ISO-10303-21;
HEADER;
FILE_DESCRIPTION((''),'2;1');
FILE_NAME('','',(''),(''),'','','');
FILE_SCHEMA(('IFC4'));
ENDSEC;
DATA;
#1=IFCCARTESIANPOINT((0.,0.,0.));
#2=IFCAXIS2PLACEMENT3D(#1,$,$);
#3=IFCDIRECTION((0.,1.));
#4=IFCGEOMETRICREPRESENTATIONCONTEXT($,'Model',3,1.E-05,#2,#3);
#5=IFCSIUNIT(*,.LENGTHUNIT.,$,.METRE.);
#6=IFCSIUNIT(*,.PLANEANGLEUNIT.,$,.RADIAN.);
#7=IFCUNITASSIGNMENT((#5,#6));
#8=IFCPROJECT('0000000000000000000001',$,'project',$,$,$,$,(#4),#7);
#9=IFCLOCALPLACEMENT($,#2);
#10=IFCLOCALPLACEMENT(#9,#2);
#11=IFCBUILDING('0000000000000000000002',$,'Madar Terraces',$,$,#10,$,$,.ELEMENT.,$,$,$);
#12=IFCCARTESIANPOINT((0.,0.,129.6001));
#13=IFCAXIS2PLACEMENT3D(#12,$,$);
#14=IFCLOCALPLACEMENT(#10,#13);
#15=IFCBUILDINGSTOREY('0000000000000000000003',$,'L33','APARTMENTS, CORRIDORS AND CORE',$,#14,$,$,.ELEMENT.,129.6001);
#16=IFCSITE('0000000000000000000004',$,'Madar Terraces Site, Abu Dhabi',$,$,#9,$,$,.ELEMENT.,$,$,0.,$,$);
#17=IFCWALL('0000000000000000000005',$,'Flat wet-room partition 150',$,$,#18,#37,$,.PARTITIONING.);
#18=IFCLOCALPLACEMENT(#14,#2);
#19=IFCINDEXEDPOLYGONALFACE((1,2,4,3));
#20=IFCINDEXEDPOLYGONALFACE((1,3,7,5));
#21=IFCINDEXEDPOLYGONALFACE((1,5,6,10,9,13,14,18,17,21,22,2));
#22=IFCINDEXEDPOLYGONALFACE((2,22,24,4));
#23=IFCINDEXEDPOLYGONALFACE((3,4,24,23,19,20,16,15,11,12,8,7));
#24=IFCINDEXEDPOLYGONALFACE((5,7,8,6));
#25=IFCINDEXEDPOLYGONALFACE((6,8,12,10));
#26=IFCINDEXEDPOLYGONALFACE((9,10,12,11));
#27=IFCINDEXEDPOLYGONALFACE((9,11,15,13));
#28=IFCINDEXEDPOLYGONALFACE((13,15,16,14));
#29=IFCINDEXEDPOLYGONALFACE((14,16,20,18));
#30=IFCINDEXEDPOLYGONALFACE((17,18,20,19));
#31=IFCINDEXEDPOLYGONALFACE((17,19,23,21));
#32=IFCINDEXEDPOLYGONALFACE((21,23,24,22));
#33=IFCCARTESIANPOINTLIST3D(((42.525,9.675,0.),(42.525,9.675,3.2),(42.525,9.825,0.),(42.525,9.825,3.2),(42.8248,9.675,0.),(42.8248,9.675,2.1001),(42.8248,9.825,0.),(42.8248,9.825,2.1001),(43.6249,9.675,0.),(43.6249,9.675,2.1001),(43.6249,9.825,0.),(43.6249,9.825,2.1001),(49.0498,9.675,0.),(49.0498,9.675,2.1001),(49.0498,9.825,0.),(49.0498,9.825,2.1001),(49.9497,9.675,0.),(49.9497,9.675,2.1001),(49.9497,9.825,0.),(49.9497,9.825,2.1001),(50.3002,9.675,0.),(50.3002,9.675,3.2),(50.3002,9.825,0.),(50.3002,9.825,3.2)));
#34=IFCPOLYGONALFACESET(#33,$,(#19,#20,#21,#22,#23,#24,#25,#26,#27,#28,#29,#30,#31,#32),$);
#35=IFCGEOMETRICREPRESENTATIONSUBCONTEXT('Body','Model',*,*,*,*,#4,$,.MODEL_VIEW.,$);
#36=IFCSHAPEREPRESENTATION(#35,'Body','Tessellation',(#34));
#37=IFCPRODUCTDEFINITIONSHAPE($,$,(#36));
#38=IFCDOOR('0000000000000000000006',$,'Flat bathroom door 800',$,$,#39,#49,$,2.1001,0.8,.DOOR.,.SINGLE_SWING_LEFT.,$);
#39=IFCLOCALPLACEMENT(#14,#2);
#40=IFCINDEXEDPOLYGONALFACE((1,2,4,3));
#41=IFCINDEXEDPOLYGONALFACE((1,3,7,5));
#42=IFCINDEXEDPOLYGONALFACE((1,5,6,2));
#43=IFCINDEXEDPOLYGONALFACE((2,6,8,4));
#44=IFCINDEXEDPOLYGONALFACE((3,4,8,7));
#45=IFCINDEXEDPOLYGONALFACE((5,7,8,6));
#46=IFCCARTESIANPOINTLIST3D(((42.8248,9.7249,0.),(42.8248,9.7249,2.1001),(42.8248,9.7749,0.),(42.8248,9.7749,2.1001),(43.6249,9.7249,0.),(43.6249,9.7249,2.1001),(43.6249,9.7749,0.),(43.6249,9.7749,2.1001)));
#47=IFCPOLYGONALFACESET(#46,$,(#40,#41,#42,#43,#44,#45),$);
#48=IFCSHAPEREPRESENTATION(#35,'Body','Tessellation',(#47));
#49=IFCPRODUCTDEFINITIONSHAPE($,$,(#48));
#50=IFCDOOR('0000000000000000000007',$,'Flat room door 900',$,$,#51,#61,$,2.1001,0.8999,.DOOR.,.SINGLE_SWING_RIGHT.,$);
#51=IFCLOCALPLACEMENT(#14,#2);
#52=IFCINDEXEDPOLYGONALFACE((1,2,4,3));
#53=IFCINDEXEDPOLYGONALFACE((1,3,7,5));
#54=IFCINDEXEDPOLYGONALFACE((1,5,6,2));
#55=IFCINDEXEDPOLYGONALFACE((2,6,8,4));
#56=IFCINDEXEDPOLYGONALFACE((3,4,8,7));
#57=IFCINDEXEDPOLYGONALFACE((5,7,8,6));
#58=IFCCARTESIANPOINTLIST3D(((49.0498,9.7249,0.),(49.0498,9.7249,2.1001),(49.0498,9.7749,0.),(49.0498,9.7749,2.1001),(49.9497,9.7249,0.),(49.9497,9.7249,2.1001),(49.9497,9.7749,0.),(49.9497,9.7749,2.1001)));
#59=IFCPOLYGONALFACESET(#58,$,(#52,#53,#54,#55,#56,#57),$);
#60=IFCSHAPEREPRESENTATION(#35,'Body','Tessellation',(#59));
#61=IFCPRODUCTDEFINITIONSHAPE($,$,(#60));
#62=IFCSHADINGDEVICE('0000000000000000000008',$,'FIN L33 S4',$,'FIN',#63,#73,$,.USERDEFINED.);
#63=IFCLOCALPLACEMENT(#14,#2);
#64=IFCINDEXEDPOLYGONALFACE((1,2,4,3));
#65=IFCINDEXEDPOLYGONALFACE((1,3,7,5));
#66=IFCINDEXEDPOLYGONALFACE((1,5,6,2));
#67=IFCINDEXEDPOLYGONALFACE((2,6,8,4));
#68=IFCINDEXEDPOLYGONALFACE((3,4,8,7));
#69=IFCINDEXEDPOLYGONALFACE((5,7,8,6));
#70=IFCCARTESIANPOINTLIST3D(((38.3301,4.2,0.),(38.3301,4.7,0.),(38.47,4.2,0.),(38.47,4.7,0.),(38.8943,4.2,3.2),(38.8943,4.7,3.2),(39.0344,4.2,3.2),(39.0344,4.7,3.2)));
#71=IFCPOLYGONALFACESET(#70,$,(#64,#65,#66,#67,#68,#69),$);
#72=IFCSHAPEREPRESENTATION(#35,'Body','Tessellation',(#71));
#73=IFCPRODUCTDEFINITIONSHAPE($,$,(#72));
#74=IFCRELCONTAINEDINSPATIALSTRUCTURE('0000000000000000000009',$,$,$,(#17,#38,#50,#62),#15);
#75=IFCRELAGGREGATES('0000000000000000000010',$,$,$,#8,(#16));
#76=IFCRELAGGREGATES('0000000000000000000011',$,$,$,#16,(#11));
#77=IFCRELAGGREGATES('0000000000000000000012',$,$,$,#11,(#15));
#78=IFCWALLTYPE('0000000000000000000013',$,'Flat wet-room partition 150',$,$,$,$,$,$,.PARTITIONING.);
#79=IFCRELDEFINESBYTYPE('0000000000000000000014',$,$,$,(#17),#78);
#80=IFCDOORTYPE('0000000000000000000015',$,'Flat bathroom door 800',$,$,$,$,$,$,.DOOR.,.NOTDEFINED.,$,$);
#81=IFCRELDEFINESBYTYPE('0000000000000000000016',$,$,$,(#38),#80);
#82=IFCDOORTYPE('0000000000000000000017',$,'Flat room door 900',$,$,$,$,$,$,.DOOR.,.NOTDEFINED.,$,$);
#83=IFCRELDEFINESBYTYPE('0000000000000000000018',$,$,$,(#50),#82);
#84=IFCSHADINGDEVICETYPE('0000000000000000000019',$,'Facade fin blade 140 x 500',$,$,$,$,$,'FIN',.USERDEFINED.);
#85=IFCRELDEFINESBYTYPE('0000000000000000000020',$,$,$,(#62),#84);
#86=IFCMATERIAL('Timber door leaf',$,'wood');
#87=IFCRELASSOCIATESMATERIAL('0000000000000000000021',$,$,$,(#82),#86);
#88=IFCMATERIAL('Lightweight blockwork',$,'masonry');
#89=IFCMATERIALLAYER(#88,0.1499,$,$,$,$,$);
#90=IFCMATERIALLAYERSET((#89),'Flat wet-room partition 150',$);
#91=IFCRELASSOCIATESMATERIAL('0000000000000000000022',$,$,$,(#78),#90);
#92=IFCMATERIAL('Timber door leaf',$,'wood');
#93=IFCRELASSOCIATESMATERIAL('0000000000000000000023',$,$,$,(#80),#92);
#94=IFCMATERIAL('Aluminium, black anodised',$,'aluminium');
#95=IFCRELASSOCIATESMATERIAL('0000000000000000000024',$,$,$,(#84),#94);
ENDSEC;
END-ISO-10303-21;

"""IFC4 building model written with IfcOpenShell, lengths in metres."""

from ifc_helpers import new_model, si_unit, direction, frame, frame_2d, origin, place, context, subcontext, project, spatial, polyline, rectangle, outline, extrude, material, layer, layer_set, type_object, element, fill, save


model = new_model("IFC4")

# Units and contexts
model_context = context("Model", 3, precision=1e-05, world=origin(), true_north=direction((0.0, 1.0)))
body_context = subcontext(model_context, "Body", "Model", "MODEL_VIEW")
ifc_project = project(units=[si_unit("LENGTHUNIT", "METRE"), si_unit("PLANEANGLEUNIT", "RADIAN")], contexts=[model_context])

# Site, building, storey
site_placement = place(None, origin())
site = spatial("IfcSite", under=ifc_project, at=site_placement, Name="Madar Terraces Site, Abu Dhabi", CompositionType="ELEMENT", RefElevation=0.0)
building_placement = place(site_placement, origin())
building = spatial("IfcBuilding", under=site, at=building_placement, Name="Madar Terraces", CompositionType="ELEMENT")
storey_placement = place(building_placement, frame((0.0, 0.0, 129.6001)))
storey = spatial("IfcBuildingStorey", under=building, at=storey_placement, Name="L33", Description="APARTMENTS, CORRIDORS AND CORE", CompositionType="ELEMENT", Elevation=129.6001)

# Shared definitions
ifc_material_1 = material(Name="Timber door leaf", Category="wood")
door_type_1 = type_object("IfcDoorType", Name="Flat room door 900", OperationType="NOTDEFINED", PredefinedType="DOOR", material=ifc_material_1)

# Shared definitions
ifc_material_2 = material(Name="Lightweight blockwork", Category="masonry")
ifc_layer_1 = layer(ifc_material_2, 0.1499)
ifc_layer_set_1 = layer_set([ifc_layer_1], Name="Flat wet-room partition 150")
wall_type_1 = type_object("IfcWallType", Name="Flat wet-room partition 150", PredefinedType="PARTITIONING", material=ifc_layer_set_1)

# Wall, openings, doors
wall_1_placement = place(storey_placement, frame((42.5249, 9.75, 0.0), z_axis=(0.0, 0.0, 1.0), x_axis=(1.0, 0.0, 0.0)))
wall_1 = element("IfcWall", 1, at=wall_1_placement, inside=storey, type_object=wall_type_1, Name="Flat wet-room partition 150", PredefinedType="PARTITIONING", context=body_context, shape_type="SweptSolid", body=[
    extrude(rectangle(XDim=7.7751, YDim=0.1499, at=frame_2d((3.8877, 0.0))), origin(), (0.0, 0.0, 1.0), 3.2),
])
opening_1_placement = place(wall_1_placement, frame((0.3, 0.0, 0.0)))
opening_1 = element("IfcOpeningElement", 2, at=opening_1_placement, cuts=wall_1, PredefinedType="OPENING", context=body_context, shape_type="SweptSolid", body=[
    extrude(rectangle(XDim=0.8, YDim=2.1001, at=frame_2d((0.3999, 1.05))), frame((0.0, 0.085, 0.0), z_axis=(0.0, -1.0, 0.0), x_axis=(1.0, 0.0, 0.0)), (0.0, 0.0, 1.0), 0.1699),
])
opening_2_placement = place(wall_1_placement, frame((6.5249, 0.0, 0.0)))
opening_2 = element("IfcOpeningElement", 3, at=opening_2_placement, cuts=wall_1, PredefinedType="OPENING", context=body_context, shape_type="SweptSolid", body=[
    extrude(rectangle(XDim=0.8999, YDim=2.1001, at=frame_2d((0.45, 1.05))), frame((0.0, 0.085, 0.0), z_axis=(0.0, -1.0, 0.0), x_axis=(1.0, 0.0, 0.0)), (0.0, 0.0, 1.0), 0.1699),
])
ifc_material_3 = material(Name="Timber door leaf", Category="wood")
door_type_2 = type_object("IfcDoorType", Name="Flat bathroom door 800", OperationType="NOTDEFINED", PredefinedType="DOOR", material=ifc_material_3)
door_1_placement = place(opening_1_placement, origin())
door_1 = element("IfcDoor", 4, at=door_1_placement, inside=storey, type_object=door_type_2, Name="Flat bathroom door 800", OperationType="SINGLE_SWING_LEFT", OverallHeight=2.1001, OverallWidth=0.8, PredefinedType="DOOR", context=body_context, shape_type="SweptSolid", body=[
    extrude(rectangle(XDim=0.8, YDim=2.1001, at=frame_2d((0.3999, 1.05))), frame((0.0, 0.0249, 0.0), z_axis=(0.0, -1.0, 0.0), x_axis=(1.0, 0.0, 0.0)), (0.0, 0.0, 1.0), 0.05),
])
fill(opening_1, door_1)
door_2_placement = place(opening_2_placement, origin())
door_2 = element("IfcDoor", 5, at=door_2_placement, inside=storey, type_object=door_type_1, Name="Flat room door 900", OperationType="SINGLE_SWING_RIGHT", OverallHeight=2.1001, OverallWidth=0.8999, PredefinedType="DOOR", context=body_context, shape_type="SweptSolid", body=[
    extrude(rectangle(XDim=0.8999, YDim=2.1001, at=frame_2d((0.45, 1.05))), frame((0.0, 0.0249, 0.0), z_axis=(0.0, -1.0, 0.0), x_axis=(1.0, 0.0, 0.0)), (0.0, 0.0, 1.0), 0.05),
])
fill(opening_2, door_2)

# Shading device
ifc_material_4 = material(Name="Aluminium, black anodised", Category="aluminium")
shading_device_type = type_object("IfcShadingDeviceType", Name="Facade fin blade 140 x 500", ElementType="FIN", PredefinedType="USERDEFINED", material=ifc_material_4)
shading_device_placement = place(storey_placement, frame((38.3301, 4.45, 0.0), z_axis=(0.0, 0.0, 1.0), x_axis=(1.0, 0.0, 0.0)))
element("IfcShadingDevice", 6, at=shading_device_placement, inside=storey, type_object=shading_device_type, Name="FIN L33 S4", ObjectType="FIN", PredefinedType="USERDEFINED", context=body_context, shape_type="SweptSolid", body=[
    extrude(outline(polyline([(0.0, 0.0), (0.1399, 0.0), (0.7043, 3.2), (0.5642, 3.2), (0.0, 0.0)])), frame((0.0, 0.25, 0.0), z_axis=(0.0, -1.0, 0.0), x_axis=(1.0, 0.0, 0.0)), (0.0, 0.0, 1.0), 0.5),
])

save(model, "model.ifc")
